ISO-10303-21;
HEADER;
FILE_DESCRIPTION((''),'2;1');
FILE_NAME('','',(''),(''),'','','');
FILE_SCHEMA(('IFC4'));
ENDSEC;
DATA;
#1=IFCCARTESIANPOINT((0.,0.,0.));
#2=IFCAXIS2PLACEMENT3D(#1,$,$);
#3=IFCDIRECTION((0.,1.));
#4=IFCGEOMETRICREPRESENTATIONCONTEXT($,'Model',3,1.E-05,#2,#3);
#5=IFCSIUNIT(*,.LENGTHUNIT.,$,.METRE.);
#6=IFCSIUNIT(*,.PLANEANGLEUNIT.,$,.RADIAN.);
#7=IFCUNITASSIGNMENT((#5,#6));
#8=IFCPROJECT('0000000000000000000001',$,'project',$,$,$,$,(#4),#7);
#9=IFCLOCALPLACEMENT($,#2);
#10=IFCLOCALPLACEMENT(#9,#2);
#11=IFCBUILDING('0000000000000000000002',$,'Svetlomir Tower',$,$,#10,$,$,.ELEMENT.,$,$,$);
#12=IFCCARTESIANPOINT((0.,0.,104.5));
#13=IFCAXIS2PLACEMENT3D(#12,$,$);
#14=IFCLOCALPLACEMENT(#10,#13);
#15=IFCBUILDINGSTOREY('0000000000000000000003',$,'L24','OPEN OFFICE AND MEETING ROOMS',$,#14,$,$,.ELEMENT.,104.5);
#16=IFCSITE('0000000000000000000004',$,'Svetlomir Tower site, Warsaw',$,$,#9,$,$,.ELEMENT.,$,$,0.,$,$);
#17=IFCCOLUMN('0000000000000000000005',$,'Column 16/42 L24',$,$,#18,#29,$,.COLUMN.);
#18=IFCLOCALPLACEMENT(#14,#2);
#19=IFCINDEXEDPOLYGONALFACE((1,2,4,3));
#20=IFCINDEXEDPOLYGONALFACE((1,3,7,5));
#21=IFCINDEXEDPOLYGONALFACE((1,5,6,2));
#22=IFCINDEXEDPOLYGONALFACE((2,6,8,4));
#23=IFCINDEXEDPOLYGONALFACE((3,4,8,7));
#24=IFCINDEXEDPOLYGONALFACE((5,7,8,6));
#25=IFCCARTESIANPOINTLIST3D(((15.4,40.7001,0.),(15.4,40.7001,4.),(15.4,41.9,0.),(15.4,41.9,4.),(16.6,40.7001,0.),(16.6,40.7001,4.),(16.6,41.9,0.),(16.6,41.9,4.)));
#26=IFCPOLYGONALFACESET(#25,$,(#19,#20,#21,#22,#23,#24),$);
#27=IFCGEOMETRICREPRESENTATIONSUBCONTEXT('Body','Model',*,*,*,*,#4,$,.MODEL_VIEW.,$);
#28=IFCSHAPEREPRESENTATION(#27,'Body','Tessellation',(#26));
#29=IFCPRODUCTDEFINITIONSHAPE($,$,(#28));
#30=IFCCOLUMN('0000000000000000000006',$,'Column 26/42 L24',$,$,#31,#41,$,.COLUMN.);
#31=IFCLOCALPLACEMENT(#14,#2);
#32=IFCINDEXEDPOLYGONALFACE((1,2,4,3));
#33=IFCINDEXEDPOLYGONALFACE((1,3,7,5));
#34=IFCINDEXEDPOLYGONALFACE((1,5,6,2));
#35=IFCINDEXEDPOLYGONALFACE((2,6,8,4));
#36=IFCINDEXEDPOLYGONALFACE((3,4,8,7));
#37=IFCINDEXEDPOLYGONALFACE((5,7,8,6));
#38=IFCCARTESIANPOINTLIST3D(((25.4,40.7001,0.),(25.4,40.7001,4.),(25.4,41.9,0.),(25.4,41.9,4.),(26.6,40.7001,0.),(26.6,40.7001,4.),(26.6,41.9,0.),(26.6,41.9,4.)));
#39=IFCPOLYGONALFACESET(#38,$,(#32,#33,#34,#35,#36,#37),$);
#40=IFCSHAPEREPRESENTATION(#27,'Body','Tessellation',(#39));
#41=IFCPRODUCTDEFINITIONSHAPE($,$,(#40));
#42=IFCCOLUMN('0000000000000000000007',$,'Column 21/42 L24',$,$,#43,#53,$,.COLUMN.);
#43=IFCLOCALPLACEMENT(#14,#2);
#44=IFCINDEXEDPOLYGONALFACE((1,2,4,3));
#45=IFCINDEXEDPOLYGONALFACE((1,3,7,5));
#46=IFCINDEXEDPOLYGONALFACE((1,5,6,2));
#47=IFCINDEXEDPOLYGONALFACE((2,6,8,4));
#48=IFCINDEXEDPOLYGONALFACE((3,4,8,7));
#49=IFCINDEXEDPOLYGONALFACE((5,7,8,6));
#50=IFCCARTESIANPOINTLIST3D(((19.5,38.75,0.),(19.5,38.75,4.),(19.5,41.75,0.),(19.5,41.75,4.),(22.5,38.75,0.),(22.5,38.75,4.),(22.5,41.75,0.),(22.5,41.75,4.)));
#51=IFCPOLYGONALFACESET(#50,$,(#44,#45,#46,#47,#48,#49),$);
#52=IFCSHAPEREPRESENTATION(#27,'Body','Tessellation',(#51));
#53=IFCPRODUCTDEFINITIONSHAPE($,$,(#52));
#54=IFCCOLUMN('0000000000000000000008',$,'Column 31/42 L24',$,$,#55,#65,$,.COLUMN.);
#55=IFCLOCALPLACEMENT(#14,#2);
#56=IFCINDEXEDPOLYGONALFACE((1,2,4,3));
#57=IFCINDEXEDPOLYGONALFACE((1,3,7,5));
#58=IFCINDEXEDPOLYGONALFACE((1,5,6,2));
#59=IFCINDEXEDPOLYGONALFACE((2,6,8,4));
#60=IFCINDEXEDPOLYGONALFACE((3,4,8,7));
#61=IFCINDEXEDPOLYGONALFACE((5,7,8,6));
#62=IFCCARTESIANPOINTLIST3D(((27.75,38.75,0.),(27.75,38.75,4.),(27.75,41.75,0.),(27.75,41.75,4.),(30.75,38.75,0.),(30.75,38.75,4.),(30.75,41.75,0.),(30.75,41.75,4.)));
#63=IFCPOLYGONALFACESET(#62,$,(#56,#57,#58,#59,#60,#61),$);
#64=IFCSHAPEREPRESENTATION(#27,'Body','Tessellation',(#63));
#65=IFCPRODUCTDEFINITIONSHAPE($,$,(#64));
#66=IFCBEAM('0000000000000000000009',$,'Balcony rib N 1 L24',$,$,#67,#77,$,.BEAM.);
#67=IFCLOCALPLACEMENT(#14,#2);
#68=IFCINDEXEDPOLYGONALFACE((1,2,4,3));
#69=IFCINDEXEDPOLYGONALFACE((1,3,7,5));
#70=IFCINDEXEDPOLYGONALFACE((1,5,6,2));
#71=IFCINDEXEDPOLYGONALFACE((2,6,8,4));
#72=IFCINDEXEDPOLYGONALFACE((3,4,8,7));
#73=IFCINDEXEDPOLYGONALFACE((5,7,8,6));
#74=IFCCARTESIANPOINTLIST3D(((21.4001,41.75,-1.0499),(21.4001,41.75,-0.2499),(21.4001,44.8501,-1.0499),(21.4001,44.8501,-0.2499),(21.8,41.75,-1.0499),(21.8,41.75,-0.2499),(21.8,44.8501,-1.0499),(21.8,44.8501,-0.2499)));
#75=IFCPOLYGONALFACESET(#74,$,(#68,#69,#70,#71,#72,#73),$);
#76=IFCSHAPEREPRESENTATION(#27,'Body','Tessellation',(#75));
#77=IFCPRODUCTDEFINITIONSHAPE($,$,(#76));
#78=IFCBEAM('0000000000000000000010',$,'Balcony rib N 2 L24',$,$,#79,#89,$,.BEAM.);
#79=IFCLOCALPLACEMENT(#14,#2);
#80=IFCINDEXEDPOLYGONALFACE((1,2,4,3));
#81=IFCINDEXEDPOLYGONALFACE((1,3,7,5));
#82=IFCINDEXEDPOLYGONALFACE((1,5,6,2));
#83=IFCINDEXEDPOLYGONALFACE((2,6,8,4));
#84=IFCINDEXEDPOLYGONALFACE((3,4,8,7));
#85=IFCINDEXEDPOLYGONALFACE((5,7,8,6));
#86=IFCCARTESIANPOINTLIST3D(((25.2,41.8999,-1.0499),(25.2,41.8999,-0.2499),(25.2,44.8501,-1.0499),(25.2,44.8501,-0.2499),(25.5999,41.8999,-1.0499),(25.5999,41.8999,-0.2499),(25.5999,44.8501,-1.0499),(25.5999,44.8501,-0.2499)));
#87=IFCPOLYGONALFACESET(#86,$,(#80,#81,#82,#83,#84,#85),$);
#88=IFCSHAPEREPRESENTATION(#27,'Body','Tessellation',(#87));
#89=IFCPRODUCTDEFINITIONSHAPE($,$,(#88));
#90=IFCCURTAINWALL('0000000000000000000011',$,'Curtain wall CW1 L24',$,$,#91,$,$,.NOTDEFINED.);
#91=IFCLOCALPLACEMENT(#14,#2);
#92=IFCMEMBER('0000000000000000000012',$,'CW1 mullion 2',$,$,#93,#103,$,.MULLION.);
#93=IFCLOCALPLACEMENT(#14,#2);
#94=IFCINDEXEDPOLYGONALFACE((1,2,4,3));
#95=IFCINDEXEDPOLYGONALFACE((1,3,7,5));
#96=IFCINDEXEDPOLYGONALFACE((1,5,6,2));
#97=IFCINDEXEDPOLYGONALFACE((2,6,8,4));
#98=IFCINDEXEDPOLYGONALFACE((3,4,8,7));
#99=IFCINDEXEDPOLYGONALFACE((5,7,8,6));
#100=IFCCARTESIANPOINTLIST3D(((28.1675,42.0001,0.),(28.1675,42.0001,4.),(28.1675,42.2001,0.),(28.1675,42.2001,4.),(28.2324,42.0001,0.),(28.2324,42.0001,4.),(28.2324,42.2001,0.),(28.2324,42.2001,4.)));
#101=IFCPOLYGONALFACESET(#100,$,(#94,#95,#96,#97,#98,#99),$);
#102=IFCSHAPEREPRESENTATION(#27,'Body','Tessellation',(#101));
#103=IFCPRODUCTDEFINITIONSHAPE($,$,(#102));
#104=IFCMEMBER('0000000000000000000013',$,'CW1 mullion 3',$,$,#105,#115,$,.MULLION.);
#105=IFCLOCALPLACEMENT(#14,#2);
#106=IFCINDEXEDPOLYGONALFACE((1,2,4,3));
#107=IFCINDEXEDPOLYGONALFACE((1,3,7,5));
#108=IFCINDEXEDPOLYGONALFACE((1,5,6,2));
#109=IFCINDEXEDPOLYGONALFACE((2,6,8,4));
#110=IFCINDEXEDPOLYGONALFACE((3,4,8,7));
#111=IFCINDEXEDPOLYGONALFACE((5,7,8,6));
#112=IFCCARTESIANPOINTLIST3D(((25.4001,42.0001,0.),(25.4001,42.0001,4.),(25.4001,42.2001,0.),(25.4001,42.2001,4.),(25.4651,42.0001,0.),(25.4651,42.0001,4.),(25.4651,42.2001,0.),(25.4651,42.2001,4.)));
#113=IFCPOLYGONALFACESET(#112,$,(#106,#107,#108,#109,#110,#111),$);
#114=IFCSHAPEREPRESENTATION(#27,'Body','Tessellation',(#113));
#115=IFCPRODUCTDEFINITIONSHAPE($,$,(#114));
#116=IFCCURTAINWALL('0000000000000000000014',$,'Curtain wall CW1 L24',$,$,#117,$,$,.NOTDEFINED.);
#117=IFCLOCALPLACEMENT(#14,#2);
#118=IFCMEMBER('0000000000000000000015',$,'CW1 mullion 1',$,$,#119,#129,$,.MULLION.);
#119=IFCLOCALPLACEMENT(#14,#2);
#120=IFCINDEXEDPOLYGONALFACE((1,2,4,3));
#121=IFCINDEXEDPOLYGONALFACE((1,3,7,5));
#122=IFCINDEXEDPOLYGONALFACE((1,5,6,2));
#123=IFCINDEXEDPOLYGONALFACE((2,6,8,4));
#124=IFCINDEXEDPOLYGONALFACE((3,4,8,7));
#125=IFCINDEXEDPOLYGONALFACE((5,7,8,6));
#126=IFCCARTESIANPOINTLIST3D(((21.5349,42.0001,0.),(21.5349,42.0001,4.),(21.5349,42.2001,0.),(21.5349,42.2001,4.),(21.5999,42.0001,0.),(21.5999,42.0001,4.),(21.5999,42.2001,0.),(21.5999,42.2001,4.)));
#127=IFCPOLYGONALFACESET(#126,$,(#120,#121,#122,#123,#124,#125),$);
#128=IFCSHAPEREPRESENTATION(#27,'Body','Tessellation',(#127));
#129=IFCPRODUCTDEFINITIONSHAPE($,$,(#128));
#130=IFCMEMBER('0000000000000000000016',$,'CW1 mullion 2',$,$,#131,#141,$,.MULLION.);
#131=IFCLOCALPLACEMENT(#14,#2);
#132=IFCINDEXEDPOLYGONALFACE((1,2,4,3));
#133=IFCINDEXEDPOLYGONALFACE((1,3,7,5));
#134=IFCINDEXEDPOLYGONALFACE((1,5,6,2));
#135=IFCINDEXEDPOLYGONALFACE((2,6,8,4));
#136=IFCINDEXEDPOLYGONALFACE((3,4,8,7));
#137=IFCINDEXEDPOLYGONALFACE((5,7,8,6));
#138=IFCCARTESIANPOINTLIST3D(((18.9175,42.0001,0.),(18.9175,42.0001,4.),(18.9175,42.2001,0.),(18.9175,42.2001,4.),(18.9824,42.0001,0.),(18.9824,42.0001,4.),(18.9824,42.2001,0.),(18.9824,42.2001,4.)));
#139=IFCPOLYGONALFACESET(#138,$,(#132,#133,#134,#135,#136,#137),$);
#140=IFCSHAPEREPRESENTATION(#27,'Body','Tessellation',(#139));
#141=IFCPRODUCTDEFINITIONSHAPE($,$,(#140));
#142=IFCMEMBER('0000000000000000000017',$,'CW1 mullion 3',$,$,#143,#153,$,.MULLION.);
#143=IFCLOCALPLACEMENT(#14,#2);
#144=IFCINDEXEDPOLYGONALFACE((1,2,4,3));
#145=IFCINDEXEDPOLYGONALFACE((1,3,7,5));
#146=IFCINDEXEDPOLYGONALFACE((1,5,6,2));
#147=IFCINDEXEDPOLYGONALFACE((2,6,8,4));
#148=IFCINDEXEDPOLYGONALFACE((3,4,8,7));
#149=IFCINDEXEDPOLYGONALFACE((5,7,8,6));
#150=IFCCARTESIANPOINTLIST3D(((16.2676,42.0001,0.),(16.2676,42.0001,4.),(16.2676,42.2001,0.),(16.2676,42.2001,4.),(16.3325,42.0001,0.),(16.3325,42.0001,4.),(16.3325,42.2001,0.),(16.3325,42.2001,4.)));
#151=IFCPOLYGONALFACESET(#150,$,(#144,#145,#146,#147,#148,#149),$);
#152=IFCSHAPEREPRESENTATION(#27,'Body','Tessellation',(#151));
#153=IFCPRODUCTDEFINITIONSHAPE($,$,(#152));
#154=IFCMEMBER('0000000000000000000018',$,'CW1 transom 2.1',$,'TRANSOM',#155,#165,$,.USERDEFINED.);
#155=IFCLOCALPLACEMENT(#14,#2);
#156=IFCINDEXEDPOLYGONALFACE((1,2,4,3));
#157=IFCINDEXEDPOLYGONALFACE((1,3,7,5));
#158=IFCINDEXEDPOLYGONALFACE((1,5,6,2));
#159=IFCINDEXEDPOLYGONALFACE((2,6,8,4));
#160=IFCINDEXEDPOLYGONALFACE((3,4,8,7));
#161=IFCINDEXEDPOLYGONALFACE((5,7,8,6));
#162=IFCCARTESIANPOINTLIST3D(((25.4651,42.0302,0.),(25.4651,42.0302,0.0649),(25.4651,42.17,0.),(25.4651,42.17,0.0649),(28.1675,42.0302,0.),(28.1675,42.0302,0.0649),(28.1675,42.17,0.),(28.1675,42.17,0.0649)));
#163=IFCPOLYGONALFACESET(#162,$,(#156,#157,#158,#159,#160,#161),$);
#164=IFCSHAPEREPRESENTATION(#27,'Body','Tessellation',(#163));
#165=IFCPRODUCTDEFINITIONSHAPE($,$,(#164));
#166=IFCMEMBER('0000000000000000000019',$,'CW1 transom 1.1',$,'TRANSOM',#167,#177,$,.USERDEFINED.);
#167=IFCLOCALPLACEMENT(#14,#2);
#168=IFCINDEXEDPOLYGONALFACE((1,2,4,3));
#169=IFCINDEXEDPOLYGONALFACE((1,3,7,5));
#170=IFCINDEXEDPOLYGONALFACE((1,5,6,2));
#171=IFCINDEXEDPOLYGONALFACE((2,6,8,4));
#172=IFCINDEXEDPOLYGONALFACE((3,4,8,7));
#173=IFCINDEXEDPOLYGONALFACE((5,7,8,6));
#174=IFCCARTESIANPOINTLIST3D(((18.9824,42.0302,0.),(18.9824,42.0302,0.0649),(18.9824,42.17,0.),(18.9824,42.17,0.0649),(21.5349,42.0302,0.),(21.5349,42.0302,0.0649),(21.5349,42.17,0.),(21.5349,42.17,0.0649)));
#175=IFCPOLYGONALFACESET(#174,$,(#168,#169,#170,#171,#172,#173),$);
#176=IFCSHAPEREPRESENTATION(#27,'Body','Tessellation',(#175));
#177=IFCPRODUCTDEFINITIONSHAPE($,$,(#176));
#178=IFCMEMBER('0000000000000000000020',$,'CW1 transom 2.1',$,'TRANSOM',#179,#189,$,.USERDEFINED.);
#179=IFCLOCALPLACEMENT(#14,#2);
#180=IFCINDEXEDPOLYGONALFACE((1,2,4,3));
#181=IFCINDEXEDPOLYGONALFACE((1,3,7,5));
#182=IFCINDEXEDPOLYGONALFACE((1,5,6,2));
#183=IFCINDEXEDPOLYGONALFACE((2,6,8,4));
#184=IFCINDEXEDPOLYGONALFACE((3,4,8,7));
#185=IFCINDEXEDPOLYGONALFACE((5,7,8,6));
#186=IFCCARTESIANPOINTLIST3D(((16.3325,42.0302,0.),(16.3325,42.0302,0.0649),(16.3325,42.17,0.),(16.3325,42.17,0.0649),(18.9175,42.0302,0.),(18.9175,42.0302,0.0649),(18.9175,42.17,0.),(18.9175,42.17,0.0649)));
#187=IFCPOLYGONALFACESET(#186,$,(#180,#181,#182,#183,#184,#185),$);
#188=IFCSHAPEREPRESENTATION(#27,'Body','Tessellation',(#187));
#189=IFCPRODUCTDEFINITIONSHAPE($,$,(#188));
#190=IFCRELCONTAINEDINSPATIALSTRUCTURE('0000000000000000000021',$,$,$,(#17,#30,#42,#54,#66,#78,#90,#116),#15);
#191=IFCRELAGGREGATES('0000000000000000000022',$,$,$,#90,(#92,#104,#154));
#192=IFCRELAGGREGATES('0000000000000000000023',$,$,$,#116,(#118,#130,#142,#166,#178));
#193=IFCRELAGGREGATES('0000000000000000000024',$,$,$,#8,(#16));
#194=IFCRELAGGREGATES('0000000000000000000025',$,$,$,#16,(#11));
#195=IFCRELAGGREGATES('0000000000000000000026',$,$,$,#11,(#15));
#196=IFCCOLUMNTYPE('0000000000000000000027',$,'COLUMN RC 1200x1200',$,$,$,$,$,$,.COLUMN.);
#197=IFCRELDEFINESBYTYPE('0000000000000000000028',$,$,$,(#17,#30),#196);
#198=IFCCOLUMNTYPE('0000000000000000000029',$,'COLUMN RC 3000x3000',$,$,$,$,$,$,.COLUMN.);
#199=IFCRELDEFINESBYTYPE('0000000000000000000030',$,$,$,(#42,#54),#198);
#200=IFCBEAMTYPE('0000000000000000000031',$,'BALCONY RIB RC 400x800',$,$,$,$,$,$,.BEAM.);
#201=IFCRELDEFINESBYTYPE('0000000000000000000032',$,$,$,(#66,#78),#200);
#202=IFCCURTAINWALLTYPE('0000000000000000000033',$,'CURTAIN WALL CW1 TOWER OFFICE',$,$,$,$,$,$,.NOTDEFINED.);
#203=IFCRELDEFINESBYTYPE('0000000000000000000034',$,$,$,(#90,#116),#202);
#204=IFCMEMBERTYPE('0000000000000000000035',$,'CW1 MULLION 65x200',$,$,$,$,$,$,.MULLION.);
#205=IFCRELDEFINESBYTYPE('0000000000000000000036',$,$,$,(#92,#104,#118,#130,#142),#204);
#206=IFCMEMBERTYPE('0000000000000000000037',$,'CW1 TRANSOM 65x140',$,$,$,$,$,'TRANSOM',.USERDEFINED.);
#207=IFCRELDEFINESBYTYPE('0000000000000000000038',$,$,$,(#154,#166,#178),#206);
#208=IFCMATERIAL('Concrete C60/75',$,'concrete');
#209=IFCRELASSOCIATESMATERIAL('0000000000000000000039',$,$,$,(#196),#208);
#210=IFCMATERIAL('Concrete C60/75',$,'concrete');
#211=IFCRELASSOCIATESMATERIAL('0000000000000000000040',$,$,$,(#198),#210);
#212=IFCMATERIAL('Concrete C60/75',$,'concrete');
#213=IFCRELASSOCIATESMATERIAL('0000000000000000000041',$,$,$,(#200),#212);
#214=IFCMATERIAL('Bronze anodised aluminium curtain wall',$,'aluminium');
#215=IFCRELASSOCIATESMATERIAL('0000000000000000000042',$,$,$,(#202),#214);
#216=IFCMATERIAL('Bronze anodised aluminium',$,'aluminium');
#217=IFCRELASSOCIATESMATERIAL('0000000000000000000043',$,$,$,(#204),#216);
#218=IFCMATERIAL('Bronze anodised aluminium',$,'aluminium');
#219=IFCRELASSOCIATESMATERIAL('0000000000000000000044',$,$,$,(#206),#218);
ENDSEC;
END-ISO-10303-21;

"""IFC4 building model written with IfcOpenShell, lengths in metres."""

from ifc_helpers import new_model, si_unit, direction, frame, origin, origin_2d, place, context, subcontext, project, spatial, rectangle, extrude, material, material_profile, profile_set, type_object, element, aggregate, save


model = new_model("IFC4")

# Units and contexts
model_context = context("Model", 3, precision=1e-05, world=origin(), true_north=direction((0.0, 1.0)))
body_context = subcontext(model_context, "Body", "Model", "MODEL_VIEW")
ifc_project = project(units=[si_unit("LENGTHUNIT", "METRE"), si_unit("PLANEANGLEUNIT", "RADIAN")], contexts=[model_context])

# Site, building, storey
site_placement = place(None, origin())
site = spatial("IfcSite", under=ifc_project, at=site_placement, Name="Svetlomir Tower site, Warsaw", CompositionType="ELEMENT", RefElevation=0.0)
building_placement = place(site_placement, origin())
building = spatial("IfcBuilding", under=site, at=building_placement, Name="Svetlomir Tower", CompositionType="ELEMENT")
storey_placement = place(building_placement, frame((0.0, 0.0, 104.5)))
storey = spatial("IfcBuildingStorey", under=building, at=storey_placement, Name="L24", Description="OPEN OFFICE AND MEETING ROOMS", CompositionType="ELEMENT", Elevation=104.5)

# Columns
ifc_material_1 = material(Name="Concrete C60/75", Category="concrete")
ifc_material_profile_1 = material_profile(ifc_material_1, rectangle(XDim=1.2, YDim=1.2, at=origin_2d()), Name="RC 1200x1200")
ifc_profile_set_1 = profile_set([ifc_material_profile_1], Name="Concrete C60/75")
column_type_1 = type_object("IfcColumnType", Name="COLUMN RC 1200x1200", PredefinedType="COLUMN", material=ifc_profile_set_1)
for number, where, z_axis, x_axis, name in (
    (1, (16.0, 41.3, 0.0), (0.0, 0.0, 1.0), (1.0, 0.0, 0.0), "Column 16/42 L24"),
    (2, (26.0, 41.3, 0.0), (0.0, 0.0, 1.0), (1.0, 0.0, 0.0), "Column 26/42 L24"),
):
    element("IfcColumn", number, at=place(storey_placement, frame(where, z_axis=z_axis, x_axis=x_axis)), inside=storey, type_object=column_type_1, Name=name, PredefinedType="COLUMN", context=body_context, shape_type="SweptSolid", body=[
        extrude(rectangle(XDim=1.2, YDim=1.2, at=origin_2d()), origin(), (0.0, 0.0, 1.0), 4.0),
    ])
ifc_material_2 = material(Name="Concrete C60/75", Category="concrete")
ifc_material_profile_2 = material_profile(ifc_material_2, rectangle(XDim=3.0, YDim=3.0, at=origin_2d()), Name="RC 3000x3000")
ifc_profile_set_2 = profile_set([ifc_material_profile_2], Name="Concrete C60/75")
column_type_2 = type_object("IfcColumnType", Name="COLUMN RC 3000x3000", PredefinedType="COLUMN", material=ifc_profile_set_2)
for number, where, z_axis, x_axis, name in (
    (3, (21.0, 40.25, 0.0), (0.0, 0.0, 1.0), (1.0, 0.0, 0.0), "Column 21/42 L24"),
    (4, (29.25, 40.25, 0.0), (0.0, 0.0, 1.0), (1.0, 0.0, 0.0), "Column 31/42 L24"),
):
    element("IfcColumn", number, at=place(storey_placement, frame(where, z_axis=z_axis, x_axis=x_axis)), inside=storey, type_object=column_type_2, Name=name, PredefinedType="COLUMN", context=body_context, shape_type="SweptSolid", body=[
        extrude(rectangle(XDim=3.0, YDim=3.0, at=origin_2d()), origin(), (0.0, 0.0, 1.0), 4.0),
    ])

# Beams
ifc_material_3 = material(Name="Concrete C60/75", Category="concrete")
ifc_material_profile_3 = material_profile(ifc_material_3, rectangle(XDim=0.3999, YDim=0.8, at=origin_2d()), Name="RC 400x800")
ifc_profile_set_3 = profile_set([ifc_material_profile_3], Name="Concrete C60/75")
beam_type_1 = type_object("IfcBeamType", Name="BALCONY RIB RC 400x800", PredefinedType="BEAM", material=ifc_profile_set_3)
beam_1_placement = place(storey_placement, frame((21.6001, 41.75, -0.6499), z_axis=(0.0, 1.0, 0.0), x_axis=(-1.0, 0.0, 0.0)))
element("IfcBeam", 5, at=beam_1_placement, inside=storey, type_object=beam_type_1, Name="Balcony rib N 1 L24", PredefinedType="BEAM", context=body_context, shape_type="SweptSolid", body=[
    extrude(rectangle(XDim=0.3999, YDim=0.8, at=origin_2d()), origin(), (0.0, 0.0, 1.0), 3.1001),
])
beam_2_placement = place(storey_placement, frame((25.3999, 41.8999, -0.6499), z_axis=(0.0, 1.0, 0.0), x_axis=(-1.0, 0.0, 0.0)))
element("IfcBeam", 6, at=beam_2_placement, inside=storey, type_object=beam_type_1, Name="Balcony rib N 2 L24", PredefinedType="BEAM", context=body_context, shape_type="SweptSolid", body=[
    extrude(rectangle(XDim=0.3999, YDim=0.8, at=origin_2d()), origin(), (0.0, 0.0, 1.0), 2.9502),
])

# Curtain walls, members
ifc_material_4 = material(Name="Bronze anodised aluminium curtain wall", Category="aluminium")
curtain_wall_type = type_object("IfcCurtainWallType", Name="CURTAIN WALL CW1 TOWER OFFICE", PredefinedType="NOTDEFINED", material=ifc_material_4)
curtain_wall_1_placement = place(storey_placement, origin())
curtain_wall_1 = element("IfcCurtainWall", 7, at=curtain_wall_1_placement, inside=storey, type_object=curtain_wall_type, Name="Curtain wall CW1 L24", PredefinedType="NOTDEFINED")
ifc_material_5 = material(Name="Bronze anodised aluminium", Category="aluminium")
ifc_material_profile_4 = material_profile(ifc_material_5, rectangle(XDim=0.0649, YDim=0.2, at=origin_2d()), Name="AL 65x200")
ifc_profile_set_4 = profile_set([ifc_material_profile_4], Name="Bronze anodised aluminium 6063-T6")
member_type_1 = type_object("IfcMemberType", Name="CW1 MULLION 65x200", PredefinedType="MULLION", material=ifc_profile_set_4)
member_1_placement = place(storey_placement, frame((28.2, 42.1001, 0.0), z_axis=(0.0, 0.0, 1.0), x_axis=(-1.0, 0.0, 0.0)))
member_1 = element("IfcMember", 8, at=member_1_placement, type_object=member_type_1, Name="CW1 mullion 2", PredefinedType="MULLION", context=body_context, shape_type="SweptSolid", body=[
    extrude(rectangle(XDim=0.0649, YDim=0.2, at=origin_2d()), origin(), (0.0, 0.0, 1.0), 4.0),
])
member_2_placement = place(storey_placement, frame((25.4326, 42.1001, 0.0), z_axis=(0.0, 0.0, 1.0), x_axis=(-1.0, 0.0, 0.0)))
member_2 = element("IfcMember", 9, at=member_2_placement, type_object=member_type_1, Name="CW1 mullion 3", PredefinedType="MULLION", context=body_context, shape_type="SweptSolid", body=[
    extrude(rectangle(XDim=0.0649, YDim=0.2, at=origin_2d()), origin(), (0.0, 0.0, 1.0), 4.0),
])
curtain_wall_2_placement = place(storey_placement, origin())
curtain_wall_2 = element("IfcCurtainWall", 10, at=curtain_wall_2_placement, inside=storey, type_object=curtain_wall_type, Name="Curtain wall CW1 L24", PredefinedType="NOTDEFINED")
member_3_placement = place(storey_placement, frame((21.5674, 42.1001, 0.0), z_axis=(0.0, 0.0, 1.0), x_axis=(-1.0, 0.0, 0.0)))
member_3 = element("IfcMember", 11, at=member_3_placement, type_object=member_type_1, Name="CW1 mullion 1", PredefinedType="MULLION", context=body_context, shape_type="SweptSolid", body=[
    extrude(rectangle(XDim=0.0649, YDim=0.2, at=origin_2d()), origin(), (0.0, 0.0, 1.0), 4.0),
])
member_4_placement = place(storey_placement, frame((18.95, 42.1001, 0.0), z_axis=(0.0, 0.0, 1.0), x_axis=(-1.0, 0.0, 0.0)))
member_4 = element("IfcMember", 12, at=member_4_placement, type_object=member_type_1, Name="CW1 mullion 2", PredefinedType="MULLION", context=body_context, shape_type="SweptSolid", body=[
    extrude(rectangle(XDim=0.0649, YDim=0.2, at=origin_2d()), origin(), (0.0, 0.0, 1.0), 4.0),
])
member_5_placement = place(storey_placement, frame((16.3, 42.1001, 0.0), z_axis=(0.0, 0.0, 1.0), x_axis=(-1.0, 0.0, 0.0)))
member_5 = element("IfcMember", 13, at=member_5_placement, type_object=member_type_1, Name="CW1 mullion 3", PredefinedType="MULLION", context=body_context, shape_type="SweptSolid", body=[
    extrude(rectangle(XDim=0.0649, YDim=0.2, at=origin_2d()), origin(), (0.0, 0.0, 1.0), 4.0),
])

# Members
ifc_material_6 = material(Name="Bronze anodised aluminium", Category="aluminium")
ifc_material_profile_5 = material_profile(ifc_material_6, rectangle(XDim=0.1399, YDim=0.0649, at=origin_2d()), Name="AL 140x65")
ifc_profile_set_5 = profile_set([ifc_material_profile_5], Name="Bronze anodised aluminium 6063-T6")
member_type_2 = type_object("IfcMemberType", Name="CW1 TRANSOM 65x140", ElementType="TRANSOM", PredefinedType="USERDEFINED", material=ifc_profile_set_5)
member_6_placement = place(storey_placement, frame((28.1675, 42.1001, 0.0325), z_axis=(-1.0, 0.0, 0.0), x_axis=(0.0, -1.0, 0.0)))
member_6 = element("IfcMember", 14, at=member_6_placement, type_object=member_type_2, Name="CW1 transom 2.1", ObjectType="TRANSOM", PredefinedType="USERDEFINED", context=body_context, shape_type="SweptSolid", body=[
    extrude(rectangle(XDim=0.1399, YDim=0.0649, at=origin_2d()), origin(), (0.0, 0.0, 1.0), 2.7024),
])
member_7_placement = place(storey_placement, frame((21.5349, 42.1001, 0.0325), z_axis=(-1.0, 0.0, 0.0), x_axis=(0.0, -1.0, 0.0)))
member_7 = element("IfcMember", 15, at=member_7_placement, type_object=member_type_2, Name="CW1 transom 1.1", ObjectType="TRANSOM", PredefinedType="USERDEFINED", context=body_context, shape_type="SweptSolid", body=[
    extrude(rectangle(XDim=0.1399, YDim=0.0649, at=origin_2d()), origin(), (0.0, 0.0, 1.0), 2.5525),
])
member_8_placement = place(storey_placement, frame((18.9175, 42.1001, 0.0325), z_axis=(-1.0, 0.0, 0.0), x_axis=(0.0, -1.0, 0.0)))
member_8 = element("IfcMember", 16, at=member_8_placement, type_object=member_type_2, Name="CW1 transom 2.1", ObjectType="TRANSOM", PredefinedType="USERDEFINED", context=body_context, shape_type="SweptSolid", body=[
    extrude(rectangle(XDim=0.1399, YDim=0.0649, at=origin_2d()), origin(), (0.0, 0.0, 1.0), 2.585),
])

aggregate(curtain_wall_1, [member_1, member_2, member_6])
aggregate(curtain_wall_2, [member_3, member_4, member_5, member_7, member_8])

save(model, "model.ifc")
